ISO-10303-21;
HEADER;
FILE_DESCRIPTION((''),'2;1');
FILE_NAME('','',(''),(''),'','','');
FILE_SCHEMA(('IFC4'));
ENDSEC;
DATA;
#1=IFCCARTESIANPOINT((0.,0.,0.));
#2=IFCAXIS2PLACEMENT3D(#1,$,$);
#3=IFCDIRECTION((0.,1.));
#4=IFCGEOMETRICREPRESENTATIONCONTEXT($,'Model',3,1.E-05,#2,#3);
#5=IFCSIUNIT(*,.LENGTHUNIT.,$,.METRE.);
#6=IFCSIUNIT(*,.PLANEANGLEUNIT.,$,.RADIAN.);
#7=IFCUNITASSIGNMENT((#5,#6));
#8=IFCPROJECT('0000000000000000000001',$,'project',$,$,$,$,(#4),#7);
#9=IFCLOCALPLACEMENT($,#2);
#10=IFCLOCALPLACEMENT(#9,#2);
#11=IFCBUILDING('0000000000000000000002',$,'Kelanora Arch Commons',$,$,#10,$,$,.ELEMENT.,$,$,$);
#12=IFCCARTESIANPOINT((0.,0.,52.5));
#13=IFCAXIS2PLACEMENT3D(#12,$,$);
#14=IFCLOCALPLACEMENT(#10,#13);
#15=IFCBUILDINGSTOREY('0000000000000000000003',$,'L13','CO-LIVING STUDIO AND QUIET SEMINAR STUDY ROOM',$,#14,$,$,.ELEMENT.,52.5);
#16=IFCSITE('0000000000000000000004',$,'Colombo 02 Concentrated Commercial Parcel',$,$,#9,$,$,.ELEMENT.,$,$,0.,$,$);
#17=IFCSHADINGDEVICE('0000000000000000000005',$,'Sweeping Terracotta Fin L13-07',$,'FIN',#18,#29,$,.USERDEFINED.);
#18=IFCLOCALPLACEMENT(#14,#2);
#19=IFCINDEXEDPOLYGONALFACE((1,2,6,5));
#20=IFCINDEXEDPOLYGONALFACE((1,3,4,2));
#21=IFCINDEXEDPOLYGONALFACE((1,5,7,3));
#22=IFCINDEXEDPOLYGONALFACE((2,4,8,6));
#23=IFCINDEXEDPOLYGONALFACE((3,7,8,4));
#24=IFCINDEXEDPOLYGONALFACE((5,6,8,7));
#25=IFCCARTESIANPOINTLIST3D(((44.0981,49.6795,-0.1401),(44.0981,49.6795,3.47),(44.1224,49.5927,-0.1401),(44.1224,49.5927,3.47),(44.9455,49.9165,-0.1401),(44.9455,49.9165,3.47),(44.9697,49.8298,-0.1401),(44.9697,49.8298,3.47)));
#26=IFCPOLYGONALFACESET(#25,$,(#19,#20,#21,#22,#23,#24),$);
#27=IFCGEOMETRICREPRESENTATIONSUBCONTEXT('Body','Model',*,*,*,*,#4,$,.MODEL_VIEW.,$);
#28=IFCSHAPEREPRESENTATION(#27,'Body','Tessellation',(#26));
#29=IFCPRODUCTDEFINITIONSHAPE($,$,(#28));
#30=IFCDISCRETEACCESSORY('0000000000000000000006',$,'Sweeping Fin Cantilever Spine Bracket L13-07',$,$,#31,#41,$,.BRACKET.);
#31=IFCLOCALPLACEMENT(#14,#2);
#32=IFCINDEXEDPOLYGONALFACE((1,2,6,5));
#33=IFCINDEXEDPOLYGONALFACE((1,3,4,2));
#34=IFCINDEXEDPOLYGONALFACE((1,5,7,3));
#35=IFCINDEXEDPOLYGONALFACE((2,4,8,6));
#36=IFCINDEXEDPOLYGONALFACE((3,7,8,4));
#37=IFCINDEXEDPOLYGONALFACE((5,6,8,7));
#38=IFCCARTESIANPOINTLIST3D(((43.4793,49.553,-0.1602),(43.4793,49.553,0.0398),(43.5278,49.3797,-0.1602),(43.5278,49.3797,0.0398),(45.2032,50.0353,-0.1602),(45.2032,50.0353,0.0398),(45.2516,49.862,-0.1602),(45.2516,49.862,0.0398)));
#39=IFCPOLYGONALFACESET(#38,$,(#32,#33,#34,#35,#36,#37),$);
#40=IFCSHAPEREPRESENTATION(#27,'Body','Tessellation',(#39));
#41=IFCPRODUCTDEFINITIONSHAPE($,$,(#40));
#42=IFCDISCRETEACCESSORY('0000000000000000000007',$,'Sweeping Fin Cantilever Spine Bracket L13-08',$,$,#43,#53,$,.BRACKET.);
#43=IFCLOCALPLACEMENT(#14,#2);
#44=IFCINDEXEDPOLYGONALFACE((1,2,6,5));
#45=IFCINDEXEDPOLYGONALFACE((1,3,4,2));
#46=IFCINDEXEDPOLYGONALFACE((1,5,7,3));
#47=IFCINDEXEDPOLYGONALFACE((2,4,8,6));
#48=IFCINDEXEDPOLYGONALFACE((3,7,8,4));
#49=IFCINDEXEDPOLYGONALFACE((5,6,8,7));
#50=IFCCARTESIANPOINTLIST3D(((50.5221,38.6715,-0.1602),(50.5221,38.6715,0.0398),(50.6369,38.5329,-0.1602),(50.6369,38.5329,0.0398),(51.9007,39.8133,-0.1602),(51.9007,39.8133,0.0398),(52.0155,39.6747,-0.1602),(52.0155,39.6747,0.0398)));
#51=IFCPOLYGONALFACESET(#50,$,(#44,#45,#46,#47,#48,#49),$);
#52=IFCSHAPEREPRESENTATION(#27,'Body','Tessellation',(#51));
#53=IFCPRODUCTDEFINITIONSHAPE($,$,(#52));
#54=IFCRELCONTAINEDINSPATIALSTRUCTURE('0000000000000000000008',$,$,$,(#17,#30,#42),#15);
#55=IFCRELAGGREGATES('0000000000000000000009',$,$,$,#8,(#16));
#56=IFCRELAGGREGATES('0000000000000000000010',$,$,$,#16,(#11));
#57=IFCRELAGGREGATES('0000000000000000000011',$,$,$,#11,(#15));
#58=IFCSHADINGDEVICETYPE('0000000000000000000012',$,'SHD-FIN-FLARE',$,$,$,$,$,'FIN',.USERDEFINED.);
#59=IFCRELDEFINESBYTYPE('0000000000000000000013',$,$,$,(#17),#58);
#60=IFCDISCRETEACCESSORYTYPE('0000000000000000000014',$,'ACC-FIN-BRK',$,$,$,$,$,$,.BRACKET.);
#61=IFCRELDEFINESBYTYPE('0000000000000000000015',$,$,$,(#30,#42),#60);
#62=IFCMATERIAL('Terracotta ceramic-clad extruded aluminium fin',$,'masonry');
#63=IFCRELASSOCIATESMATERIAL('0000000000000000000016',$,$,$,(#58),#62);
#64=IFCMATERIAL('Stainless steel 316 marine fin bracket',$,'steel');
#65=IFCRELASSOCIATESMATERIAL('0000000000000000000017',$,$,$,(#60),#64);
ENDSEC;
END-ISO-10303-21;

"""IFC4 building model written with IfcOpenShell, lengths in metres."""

from ifc_helpers import new_model, si_unit, direction, frame, origin, origin_2d, place, context, subcontext, project, spatial, rectangle, extrude, source, transform, mapped, material, type_object, element, save


model = new_model("IFC4")

# Units and contexts
model_context = context("Model", 3, precision=1e-05, world=origin(), true_north=direction((0.0, 1.0)))
body_context = subcontext(model_context, "Body", "Model", "MODEL_VIEW")
ifc_project = project(units=[si_unit("LENGTHUNIT", "METRE"), si_unit("PLANEANGLEUNIT", "RADIAN")], contexts=[model_context])

# Site, building, storey
site_placement = place(None, origin())
site = spatial("IfcSite", under=ifc_project, at=site_placement, Name="Colombo 02 Concentrated Commercial Parcel", CompositionType="ELEMENT", RefElevation=0.0)
building_placement = place(site_placement, origin())
building = spatial("IfcBuilding", under=site, at=building_placement, Name="Kelanora Arch Commons", CompositionType="ELEMENT")
storey_placement = place(building_placement, frame((0.0, 0.0, 52.5)))
storey = spatial("IfcBuildingStorey", under=building, at=storey_placement, Name="L13", Description="CO-LIVING STUDIO AND QUIET SEMINAR STUDY ROOM", CompositionType="ELEMENT", Elevation=52.5)

# Shading device
ifc_material_1 = material(Name="Terracotta ceramic-clad extruded aluminium fin", Category="masonry")
shading_device_type = type_object("IfcShadingDeviceType", Name="SHD-FIN-FLARE", ElementType="FIN", PredefinedType="USERDEFINED", material=ifc_material_1)
shared_shape_1 = source(origin(), body_context, "Body", "SweptSolid", [
    extrude(rectangle(XDim=0.8799, YDim=0.0901, at=origin_2d()), origin(), (0.0, 0.0, 1.0), 3.6101),
])
shading_device_placement = place(storey_placement, frame((44.5339, 49.7546, -0.1401), z_axis=(0.0, 0.0, 1.0), x_axis=(-0.963022, -0.269424, 0.0)))
element("IfcShadingDevice", 1, at=shading_device_placement, inside=storey, type_object=shading_device_type, Name="Sweeping Terracotta Fin L13-07", ObjectType="FIN", PredefinedType="USERDEFINED", context=body_context, shape_type="MappedRepresentation", body=[
    mapped(shared_shape_1, transform((0.0, 0.0, 0.0), scale=1.0)),
])

# Discrete accessories
ifc_material_2 = material(Name="Stainless steel 316 marine fin bracket", Category="steel")
discrete_accessory_type = type_object("IfcDiscreteAccessoryType", Name="ACC-FIN-BRK", PredefinedType="BRACKET", material=ifc_material_2)
shared_shape_2 = source(origin(), body_context, "Body", "SweptSolid", [
    extrude(rectangle(XDim=1.79, YDim=0.1799, at=origin_2d()), origin(), (0.0, 0.0, 1.0), 0.2),
])
for number, where, z_axis, x_axis, name in (
    (2, (44.3655, 49.7075, -0.1602), (0.0, 0.0, 1.0), (-0.963022, -0.269424, 0.0), "Sweeping Fin Cantilever Spine Bracket L13-07"),
    (3, (51.2688, 39.1731, -0.1602), (0.0, 0.0, 1.0), (-0.770179, -0.637827, 0.0), "Sweeping Fin Cantilever Spine Bracket L13-08"),
):
    element("IfcDiscreteAccessory", number, at=place(storey_placement, frame(where, z_axis=z_axis, x_axis=x_axis)), inside=storey, type_object=discrete_accessory_type, Name=name, PredefinedType="BRACKET", context=body_context, shape_type="MappedRepresentation", body=[
        mapped(shared_shape_2, transform((0.0, 0.0, 0.0), scale=1.0)),
    ])

save(model, "model.ifc")
